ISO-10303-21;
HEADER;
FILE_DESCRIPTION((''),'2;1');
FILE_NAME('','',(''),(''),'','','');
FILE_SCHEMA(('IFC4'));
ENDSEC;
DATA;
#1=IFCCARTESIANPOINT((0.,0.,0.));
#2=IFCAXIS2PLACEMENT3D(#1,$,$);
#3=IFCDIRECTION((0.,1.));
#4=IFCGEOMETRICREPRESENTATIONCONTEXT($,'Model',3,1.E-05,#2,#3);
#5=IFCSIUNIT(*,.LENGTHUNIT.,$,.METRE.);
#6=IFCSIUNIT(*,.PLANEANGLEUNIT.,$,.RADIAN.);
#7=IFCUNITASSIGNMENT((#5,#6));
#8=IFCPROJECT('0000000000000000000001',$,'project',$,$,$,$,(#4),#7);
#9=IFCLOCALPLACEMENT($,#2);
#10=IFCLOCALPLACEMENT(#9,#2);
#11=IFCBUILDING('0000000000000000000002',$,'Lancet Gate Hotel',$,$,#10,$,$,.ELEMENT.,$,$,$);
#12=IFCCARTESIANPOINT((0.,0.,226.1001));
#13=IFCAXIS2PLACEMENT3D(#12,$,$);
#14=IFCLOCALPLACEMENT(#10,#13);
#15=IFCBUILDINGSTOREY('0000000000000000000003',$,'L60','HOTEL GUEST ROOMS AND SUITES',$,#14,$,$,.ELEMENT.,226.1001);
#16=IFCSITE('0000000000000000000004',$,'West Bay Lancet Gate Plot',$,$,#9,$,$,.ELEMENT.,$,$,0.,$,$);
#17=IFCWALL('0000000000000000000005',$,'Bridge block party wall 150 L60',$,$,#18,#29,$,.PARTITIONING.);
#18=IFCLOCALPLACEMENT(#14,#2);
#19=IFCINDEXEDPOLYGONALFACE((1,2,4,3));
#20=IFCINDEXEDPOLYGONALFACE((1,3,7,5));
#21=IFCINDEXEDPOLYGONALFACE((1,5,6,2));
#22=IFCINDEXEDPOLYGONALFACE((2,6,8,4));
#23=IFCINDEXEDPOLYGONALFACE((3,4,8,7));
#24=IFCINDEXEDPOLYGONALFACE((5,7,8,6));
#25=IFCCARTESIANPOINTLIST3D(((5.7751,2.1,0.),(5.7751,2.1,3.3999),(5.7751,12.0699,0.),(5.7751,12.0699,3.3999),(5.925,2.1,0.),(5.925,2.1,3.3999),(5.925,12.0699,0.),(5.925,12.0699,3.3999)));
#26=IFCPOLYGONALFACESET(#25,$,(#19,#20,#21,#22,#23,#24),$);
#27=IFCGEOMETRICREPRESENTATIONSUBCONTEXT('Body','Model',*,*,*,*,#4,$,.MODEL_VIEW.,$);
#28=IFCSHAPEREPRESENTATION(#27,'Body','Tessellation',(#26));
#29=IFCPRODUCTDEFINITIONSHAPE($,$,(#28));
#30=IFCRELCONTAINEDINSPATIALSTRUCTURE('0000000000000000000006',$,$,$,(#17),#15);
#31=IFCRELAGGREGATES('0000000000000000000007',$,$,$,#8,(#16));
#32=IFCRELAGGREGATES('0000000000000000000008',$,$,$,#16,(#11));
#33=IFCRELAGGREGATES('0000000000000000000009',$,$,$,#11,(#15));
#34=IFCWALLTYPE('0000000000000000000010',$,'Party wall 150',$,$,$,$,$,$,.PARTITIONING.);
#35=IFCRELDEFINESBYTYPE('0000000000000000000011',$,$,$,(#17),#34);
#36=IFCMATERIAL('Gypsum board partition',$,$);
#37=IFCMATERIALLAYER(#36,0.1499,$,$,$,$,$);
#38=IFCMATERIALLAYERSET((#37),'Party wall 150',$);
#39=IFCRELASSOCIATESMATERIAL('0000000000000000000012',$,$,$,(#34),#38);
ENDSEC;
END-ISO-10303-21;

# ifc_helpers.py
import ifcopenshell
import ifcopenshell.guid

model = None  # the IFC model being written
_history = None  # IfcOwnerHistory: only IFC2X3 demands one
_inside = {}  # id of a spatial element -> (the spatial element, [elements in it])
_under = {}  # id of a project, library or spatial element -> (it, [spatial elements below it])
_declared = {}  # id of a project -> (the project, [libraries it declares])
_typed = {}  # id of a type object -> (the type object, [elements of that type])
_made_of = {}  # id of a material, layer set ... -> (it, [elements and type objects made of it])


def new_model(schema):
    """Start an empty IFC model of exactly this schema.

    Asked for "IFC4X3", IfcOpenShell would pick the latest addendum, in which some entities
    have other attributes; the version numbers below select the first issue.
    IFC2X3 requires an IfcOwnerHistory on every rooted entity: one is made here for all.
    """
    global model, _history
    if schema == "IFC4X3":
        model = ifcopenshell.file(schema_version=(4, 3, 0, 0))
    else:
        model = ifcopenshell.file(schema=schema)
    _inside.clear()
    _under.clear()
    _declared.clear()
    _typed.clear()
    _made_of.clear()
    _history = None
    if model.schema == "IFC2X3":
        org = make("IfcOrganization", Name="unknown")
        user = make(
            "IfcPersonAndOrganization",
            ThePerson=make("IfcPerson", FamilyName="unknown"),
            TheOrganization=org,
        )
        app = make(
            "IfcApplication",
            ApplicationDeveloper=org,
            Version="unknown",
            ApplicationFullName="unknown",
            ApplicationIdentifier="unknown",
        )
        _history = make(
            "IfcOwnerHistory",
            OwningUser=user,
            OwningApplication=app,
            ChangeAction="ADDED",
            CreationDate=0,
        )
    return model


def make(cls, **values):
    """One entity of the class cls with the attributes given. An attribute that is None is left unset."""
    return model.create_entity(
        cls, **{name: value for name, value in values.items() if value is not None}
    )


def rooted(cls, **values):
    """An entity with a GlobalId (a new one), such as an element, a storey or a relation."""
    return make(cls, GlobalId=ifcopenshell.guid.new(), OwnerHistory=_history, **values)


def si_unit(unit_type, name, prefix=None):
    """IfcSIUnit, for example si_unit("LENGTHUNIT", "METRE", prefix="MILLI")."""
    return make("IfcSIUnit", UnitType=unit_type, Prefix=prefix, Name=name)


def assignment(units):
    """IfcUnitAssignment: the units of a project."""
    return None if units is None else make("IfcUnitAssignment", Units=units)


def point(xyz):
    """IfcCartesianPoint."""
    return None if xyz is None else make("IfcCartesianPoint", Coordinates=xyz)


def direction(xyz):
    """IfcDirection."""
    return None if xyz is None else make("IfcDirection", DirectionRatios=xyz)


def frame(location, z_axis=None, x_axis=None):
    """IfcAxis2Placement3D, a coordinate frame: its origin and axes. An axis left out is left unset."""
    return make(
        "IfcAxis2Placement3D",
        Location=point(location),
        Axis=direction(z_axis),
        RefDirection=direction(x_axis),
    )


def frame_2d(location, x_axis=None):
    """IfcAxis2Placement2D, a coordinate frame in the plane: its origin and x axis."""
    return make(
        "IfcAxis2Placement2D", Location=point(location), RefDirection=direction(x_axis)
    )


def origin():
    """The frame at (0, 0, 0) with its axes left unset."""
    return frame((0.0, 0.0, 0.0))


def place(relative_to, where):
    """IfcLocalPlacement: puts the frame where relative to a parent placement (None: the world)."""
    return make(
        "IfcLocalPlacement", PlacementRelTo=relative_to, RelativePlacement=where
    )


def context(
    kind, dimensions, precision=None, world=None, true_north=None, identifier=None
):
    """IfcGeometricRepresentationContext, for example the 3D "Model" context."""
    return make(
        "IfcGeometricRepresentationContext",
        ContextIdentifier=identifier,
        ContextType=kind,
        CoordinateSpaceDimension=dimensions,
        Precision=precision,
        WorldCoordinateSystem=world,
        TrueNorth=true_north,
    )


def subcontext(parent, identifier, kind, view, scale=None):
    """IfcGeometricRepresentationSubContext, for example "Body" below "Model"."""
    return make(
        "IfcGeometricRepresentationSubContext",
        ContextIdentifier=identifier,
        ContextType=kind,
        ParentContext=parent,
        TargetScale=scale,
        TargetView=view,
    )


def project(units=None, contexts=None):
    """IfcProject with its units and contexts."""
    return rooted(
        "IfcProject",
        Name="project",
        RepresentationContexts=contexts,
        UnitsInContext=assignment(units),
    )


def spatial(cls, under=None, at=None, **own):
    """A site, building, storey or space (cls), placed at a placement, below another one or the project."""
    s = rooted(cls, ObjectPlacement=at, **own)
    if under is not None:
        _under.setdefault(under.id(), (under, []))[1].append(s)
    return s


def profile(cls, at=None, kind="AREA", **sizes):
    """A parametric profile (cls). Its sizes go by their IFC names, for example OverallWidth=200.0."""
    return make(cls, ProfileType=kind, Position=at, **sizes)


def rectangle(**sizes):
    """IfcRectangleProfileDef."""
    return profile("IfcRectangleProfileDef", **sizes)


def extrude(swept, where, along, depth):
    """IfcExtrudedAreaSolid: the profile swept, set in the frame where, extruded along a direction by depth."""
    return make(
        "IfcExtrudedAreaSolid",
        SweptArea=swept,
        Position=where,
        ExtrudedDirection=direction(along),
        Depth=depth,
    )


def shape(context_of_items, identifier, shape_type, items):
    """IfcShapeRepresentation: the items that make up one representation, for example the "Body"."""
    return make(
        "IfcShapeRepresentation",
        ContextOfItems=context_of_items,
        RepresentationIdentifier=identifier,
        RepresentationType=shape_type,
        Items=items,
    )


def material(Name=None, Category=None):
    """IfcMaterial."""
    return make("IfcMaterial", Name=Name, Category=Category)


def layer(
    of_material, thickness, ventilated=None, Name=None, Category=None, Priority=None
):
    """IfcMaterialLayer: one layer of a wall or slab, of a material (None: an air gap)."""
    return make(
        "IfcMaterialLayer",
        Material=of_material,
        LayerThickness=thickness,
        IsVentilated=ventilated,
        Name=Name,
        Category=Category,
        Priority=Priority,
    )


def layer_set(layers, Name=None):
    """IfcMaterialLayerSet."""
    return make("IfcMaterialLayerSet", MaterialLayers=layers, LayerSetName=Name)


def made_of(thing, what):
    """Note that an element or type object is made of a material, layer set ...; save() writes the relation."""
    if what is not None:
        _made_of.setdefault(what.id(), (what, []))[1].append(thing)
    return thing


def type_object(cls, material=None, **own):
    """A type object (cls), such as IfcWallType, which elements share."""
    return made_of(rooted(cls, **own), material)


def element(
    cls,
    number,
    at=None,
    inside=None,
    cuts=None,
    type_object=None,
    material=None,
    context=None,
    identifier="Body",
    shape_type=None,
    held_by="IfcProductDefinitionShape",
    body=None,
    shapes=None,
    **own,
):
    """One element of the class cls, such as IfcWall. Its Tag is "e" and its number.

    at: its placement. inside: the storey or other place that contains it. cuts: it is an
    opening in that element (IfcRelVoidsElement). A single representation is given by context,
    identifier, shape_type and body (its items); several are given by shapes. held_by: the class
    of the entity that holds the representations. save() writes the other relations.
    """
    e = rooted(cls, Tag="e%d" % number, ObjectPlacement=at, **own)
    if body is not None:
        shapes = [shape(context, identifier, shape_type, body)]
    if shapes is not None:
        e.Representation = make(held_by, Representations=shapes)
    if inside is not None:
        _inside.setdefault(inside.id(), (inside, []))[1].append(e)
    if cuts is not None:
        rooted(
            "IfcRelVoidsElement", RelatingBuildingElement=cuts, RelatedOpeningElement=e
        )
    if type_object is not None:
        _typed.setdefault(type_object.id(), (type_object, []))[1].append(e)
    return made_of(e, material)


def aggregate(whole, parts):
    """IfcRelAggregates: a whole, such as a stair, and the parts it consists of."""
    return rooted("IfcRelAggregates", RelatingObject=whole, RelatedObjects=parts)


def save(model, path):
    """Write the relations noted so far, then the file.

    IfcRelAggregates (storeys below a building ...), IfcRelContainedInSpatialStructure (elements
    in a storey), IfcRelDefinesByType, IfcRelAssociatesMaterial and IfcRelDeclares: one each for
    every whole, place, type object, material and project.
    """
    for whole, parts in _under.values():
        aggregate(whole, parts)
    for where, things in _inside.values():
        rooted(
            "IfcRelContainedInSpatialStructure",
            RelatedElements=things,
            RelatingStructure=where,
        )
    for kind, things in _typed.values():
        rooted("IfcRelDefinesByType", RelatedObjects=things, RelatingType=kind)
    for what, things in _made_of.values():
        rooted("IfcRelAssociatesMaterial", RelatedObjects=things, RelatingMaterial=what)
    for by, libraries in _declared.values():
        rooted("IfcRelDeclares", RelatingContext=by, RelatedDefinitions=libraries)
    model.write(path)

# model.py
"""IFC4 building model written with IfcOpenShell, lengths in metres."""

from ifc_helpers import new_model, si_unit, direction, frame, frame_2d, origin, place, context, subcontext, project, spatial, rectangle, extrude, material, layer, layer_set, type_object, element, save


model = new_model("IFC4")

# Units and contexts
model_context = context("Model", 3, precision=1e-05, world=origin(), true_north=direction((0.0, 1.0)))
body_context = subcontext(model_context, "Body", "Model", "MODEL_VIEW")
ifc_project = project(units=[si_unit("LENGTHUNIT", "METRE"), si_unit("PLANEANGLEUNIT", "RADIAN")], contexts=[model_context])

# Site, building, storey
site_placement = place(None, origin())
site = spatial("IfcSite", under=ifc_project, at=site_placement, Name="West Bay Lancet Gate Plot", CompositionType="ELEMENT", RefElevation=0.0)
building_placement = place(site_placement, origin())
building = spatial("IfcBuilding", under=site, at=building_placement, Name="Lancet Gate Hotel", CompositionType="ELEMENT")
storey_placement = place(building_placement, frame((0.0, 0.0, 226.1001)))
storey = spatial("IfcBuildingStorey", under=building, at=storey_placement, Name="L60", Description="HOTEL GUEST ROOMS AND SUITES", CompositionType="ELEMENT", Elevation=226.1001)

# Wall
ifc_material_1 = material(Name="Gypsum board partition")
ifc_layer_1 = layer(ifc_material_1, 0.1499)
ifc_layer_set_1 = layer_set([ifc_layer_1], Name="Party wall 150")
wall_type_1 = type_object("IfcWallType", Name="Party wall 150", PredefinedType="PARTITIONING", material=ifc_layer_set_1)
wall_1_placement = place(storey_placement, frame((5.8501, 2.1001, 0.0), z_axis=(0.0, 0.0, 1.0), x_axis=(0.0, 1.0, 0.0)))
element("IfcWall", 1, at=wall_1_placement, inside=storey, type_object=wall_type_1, Name="Bridge block party wall 150 L60", PredefinedType="PARTITIONING", context=body_context, shape_type="SweptSolid", body=[
    extrude(rectangle(XDim=9.97, YDim=0.1499, at=frame_2d((4.9849, 0.0))), origin(), (0.0, 0.0, 1.0), 3.3999),
])

save(model, "model.ifc")
